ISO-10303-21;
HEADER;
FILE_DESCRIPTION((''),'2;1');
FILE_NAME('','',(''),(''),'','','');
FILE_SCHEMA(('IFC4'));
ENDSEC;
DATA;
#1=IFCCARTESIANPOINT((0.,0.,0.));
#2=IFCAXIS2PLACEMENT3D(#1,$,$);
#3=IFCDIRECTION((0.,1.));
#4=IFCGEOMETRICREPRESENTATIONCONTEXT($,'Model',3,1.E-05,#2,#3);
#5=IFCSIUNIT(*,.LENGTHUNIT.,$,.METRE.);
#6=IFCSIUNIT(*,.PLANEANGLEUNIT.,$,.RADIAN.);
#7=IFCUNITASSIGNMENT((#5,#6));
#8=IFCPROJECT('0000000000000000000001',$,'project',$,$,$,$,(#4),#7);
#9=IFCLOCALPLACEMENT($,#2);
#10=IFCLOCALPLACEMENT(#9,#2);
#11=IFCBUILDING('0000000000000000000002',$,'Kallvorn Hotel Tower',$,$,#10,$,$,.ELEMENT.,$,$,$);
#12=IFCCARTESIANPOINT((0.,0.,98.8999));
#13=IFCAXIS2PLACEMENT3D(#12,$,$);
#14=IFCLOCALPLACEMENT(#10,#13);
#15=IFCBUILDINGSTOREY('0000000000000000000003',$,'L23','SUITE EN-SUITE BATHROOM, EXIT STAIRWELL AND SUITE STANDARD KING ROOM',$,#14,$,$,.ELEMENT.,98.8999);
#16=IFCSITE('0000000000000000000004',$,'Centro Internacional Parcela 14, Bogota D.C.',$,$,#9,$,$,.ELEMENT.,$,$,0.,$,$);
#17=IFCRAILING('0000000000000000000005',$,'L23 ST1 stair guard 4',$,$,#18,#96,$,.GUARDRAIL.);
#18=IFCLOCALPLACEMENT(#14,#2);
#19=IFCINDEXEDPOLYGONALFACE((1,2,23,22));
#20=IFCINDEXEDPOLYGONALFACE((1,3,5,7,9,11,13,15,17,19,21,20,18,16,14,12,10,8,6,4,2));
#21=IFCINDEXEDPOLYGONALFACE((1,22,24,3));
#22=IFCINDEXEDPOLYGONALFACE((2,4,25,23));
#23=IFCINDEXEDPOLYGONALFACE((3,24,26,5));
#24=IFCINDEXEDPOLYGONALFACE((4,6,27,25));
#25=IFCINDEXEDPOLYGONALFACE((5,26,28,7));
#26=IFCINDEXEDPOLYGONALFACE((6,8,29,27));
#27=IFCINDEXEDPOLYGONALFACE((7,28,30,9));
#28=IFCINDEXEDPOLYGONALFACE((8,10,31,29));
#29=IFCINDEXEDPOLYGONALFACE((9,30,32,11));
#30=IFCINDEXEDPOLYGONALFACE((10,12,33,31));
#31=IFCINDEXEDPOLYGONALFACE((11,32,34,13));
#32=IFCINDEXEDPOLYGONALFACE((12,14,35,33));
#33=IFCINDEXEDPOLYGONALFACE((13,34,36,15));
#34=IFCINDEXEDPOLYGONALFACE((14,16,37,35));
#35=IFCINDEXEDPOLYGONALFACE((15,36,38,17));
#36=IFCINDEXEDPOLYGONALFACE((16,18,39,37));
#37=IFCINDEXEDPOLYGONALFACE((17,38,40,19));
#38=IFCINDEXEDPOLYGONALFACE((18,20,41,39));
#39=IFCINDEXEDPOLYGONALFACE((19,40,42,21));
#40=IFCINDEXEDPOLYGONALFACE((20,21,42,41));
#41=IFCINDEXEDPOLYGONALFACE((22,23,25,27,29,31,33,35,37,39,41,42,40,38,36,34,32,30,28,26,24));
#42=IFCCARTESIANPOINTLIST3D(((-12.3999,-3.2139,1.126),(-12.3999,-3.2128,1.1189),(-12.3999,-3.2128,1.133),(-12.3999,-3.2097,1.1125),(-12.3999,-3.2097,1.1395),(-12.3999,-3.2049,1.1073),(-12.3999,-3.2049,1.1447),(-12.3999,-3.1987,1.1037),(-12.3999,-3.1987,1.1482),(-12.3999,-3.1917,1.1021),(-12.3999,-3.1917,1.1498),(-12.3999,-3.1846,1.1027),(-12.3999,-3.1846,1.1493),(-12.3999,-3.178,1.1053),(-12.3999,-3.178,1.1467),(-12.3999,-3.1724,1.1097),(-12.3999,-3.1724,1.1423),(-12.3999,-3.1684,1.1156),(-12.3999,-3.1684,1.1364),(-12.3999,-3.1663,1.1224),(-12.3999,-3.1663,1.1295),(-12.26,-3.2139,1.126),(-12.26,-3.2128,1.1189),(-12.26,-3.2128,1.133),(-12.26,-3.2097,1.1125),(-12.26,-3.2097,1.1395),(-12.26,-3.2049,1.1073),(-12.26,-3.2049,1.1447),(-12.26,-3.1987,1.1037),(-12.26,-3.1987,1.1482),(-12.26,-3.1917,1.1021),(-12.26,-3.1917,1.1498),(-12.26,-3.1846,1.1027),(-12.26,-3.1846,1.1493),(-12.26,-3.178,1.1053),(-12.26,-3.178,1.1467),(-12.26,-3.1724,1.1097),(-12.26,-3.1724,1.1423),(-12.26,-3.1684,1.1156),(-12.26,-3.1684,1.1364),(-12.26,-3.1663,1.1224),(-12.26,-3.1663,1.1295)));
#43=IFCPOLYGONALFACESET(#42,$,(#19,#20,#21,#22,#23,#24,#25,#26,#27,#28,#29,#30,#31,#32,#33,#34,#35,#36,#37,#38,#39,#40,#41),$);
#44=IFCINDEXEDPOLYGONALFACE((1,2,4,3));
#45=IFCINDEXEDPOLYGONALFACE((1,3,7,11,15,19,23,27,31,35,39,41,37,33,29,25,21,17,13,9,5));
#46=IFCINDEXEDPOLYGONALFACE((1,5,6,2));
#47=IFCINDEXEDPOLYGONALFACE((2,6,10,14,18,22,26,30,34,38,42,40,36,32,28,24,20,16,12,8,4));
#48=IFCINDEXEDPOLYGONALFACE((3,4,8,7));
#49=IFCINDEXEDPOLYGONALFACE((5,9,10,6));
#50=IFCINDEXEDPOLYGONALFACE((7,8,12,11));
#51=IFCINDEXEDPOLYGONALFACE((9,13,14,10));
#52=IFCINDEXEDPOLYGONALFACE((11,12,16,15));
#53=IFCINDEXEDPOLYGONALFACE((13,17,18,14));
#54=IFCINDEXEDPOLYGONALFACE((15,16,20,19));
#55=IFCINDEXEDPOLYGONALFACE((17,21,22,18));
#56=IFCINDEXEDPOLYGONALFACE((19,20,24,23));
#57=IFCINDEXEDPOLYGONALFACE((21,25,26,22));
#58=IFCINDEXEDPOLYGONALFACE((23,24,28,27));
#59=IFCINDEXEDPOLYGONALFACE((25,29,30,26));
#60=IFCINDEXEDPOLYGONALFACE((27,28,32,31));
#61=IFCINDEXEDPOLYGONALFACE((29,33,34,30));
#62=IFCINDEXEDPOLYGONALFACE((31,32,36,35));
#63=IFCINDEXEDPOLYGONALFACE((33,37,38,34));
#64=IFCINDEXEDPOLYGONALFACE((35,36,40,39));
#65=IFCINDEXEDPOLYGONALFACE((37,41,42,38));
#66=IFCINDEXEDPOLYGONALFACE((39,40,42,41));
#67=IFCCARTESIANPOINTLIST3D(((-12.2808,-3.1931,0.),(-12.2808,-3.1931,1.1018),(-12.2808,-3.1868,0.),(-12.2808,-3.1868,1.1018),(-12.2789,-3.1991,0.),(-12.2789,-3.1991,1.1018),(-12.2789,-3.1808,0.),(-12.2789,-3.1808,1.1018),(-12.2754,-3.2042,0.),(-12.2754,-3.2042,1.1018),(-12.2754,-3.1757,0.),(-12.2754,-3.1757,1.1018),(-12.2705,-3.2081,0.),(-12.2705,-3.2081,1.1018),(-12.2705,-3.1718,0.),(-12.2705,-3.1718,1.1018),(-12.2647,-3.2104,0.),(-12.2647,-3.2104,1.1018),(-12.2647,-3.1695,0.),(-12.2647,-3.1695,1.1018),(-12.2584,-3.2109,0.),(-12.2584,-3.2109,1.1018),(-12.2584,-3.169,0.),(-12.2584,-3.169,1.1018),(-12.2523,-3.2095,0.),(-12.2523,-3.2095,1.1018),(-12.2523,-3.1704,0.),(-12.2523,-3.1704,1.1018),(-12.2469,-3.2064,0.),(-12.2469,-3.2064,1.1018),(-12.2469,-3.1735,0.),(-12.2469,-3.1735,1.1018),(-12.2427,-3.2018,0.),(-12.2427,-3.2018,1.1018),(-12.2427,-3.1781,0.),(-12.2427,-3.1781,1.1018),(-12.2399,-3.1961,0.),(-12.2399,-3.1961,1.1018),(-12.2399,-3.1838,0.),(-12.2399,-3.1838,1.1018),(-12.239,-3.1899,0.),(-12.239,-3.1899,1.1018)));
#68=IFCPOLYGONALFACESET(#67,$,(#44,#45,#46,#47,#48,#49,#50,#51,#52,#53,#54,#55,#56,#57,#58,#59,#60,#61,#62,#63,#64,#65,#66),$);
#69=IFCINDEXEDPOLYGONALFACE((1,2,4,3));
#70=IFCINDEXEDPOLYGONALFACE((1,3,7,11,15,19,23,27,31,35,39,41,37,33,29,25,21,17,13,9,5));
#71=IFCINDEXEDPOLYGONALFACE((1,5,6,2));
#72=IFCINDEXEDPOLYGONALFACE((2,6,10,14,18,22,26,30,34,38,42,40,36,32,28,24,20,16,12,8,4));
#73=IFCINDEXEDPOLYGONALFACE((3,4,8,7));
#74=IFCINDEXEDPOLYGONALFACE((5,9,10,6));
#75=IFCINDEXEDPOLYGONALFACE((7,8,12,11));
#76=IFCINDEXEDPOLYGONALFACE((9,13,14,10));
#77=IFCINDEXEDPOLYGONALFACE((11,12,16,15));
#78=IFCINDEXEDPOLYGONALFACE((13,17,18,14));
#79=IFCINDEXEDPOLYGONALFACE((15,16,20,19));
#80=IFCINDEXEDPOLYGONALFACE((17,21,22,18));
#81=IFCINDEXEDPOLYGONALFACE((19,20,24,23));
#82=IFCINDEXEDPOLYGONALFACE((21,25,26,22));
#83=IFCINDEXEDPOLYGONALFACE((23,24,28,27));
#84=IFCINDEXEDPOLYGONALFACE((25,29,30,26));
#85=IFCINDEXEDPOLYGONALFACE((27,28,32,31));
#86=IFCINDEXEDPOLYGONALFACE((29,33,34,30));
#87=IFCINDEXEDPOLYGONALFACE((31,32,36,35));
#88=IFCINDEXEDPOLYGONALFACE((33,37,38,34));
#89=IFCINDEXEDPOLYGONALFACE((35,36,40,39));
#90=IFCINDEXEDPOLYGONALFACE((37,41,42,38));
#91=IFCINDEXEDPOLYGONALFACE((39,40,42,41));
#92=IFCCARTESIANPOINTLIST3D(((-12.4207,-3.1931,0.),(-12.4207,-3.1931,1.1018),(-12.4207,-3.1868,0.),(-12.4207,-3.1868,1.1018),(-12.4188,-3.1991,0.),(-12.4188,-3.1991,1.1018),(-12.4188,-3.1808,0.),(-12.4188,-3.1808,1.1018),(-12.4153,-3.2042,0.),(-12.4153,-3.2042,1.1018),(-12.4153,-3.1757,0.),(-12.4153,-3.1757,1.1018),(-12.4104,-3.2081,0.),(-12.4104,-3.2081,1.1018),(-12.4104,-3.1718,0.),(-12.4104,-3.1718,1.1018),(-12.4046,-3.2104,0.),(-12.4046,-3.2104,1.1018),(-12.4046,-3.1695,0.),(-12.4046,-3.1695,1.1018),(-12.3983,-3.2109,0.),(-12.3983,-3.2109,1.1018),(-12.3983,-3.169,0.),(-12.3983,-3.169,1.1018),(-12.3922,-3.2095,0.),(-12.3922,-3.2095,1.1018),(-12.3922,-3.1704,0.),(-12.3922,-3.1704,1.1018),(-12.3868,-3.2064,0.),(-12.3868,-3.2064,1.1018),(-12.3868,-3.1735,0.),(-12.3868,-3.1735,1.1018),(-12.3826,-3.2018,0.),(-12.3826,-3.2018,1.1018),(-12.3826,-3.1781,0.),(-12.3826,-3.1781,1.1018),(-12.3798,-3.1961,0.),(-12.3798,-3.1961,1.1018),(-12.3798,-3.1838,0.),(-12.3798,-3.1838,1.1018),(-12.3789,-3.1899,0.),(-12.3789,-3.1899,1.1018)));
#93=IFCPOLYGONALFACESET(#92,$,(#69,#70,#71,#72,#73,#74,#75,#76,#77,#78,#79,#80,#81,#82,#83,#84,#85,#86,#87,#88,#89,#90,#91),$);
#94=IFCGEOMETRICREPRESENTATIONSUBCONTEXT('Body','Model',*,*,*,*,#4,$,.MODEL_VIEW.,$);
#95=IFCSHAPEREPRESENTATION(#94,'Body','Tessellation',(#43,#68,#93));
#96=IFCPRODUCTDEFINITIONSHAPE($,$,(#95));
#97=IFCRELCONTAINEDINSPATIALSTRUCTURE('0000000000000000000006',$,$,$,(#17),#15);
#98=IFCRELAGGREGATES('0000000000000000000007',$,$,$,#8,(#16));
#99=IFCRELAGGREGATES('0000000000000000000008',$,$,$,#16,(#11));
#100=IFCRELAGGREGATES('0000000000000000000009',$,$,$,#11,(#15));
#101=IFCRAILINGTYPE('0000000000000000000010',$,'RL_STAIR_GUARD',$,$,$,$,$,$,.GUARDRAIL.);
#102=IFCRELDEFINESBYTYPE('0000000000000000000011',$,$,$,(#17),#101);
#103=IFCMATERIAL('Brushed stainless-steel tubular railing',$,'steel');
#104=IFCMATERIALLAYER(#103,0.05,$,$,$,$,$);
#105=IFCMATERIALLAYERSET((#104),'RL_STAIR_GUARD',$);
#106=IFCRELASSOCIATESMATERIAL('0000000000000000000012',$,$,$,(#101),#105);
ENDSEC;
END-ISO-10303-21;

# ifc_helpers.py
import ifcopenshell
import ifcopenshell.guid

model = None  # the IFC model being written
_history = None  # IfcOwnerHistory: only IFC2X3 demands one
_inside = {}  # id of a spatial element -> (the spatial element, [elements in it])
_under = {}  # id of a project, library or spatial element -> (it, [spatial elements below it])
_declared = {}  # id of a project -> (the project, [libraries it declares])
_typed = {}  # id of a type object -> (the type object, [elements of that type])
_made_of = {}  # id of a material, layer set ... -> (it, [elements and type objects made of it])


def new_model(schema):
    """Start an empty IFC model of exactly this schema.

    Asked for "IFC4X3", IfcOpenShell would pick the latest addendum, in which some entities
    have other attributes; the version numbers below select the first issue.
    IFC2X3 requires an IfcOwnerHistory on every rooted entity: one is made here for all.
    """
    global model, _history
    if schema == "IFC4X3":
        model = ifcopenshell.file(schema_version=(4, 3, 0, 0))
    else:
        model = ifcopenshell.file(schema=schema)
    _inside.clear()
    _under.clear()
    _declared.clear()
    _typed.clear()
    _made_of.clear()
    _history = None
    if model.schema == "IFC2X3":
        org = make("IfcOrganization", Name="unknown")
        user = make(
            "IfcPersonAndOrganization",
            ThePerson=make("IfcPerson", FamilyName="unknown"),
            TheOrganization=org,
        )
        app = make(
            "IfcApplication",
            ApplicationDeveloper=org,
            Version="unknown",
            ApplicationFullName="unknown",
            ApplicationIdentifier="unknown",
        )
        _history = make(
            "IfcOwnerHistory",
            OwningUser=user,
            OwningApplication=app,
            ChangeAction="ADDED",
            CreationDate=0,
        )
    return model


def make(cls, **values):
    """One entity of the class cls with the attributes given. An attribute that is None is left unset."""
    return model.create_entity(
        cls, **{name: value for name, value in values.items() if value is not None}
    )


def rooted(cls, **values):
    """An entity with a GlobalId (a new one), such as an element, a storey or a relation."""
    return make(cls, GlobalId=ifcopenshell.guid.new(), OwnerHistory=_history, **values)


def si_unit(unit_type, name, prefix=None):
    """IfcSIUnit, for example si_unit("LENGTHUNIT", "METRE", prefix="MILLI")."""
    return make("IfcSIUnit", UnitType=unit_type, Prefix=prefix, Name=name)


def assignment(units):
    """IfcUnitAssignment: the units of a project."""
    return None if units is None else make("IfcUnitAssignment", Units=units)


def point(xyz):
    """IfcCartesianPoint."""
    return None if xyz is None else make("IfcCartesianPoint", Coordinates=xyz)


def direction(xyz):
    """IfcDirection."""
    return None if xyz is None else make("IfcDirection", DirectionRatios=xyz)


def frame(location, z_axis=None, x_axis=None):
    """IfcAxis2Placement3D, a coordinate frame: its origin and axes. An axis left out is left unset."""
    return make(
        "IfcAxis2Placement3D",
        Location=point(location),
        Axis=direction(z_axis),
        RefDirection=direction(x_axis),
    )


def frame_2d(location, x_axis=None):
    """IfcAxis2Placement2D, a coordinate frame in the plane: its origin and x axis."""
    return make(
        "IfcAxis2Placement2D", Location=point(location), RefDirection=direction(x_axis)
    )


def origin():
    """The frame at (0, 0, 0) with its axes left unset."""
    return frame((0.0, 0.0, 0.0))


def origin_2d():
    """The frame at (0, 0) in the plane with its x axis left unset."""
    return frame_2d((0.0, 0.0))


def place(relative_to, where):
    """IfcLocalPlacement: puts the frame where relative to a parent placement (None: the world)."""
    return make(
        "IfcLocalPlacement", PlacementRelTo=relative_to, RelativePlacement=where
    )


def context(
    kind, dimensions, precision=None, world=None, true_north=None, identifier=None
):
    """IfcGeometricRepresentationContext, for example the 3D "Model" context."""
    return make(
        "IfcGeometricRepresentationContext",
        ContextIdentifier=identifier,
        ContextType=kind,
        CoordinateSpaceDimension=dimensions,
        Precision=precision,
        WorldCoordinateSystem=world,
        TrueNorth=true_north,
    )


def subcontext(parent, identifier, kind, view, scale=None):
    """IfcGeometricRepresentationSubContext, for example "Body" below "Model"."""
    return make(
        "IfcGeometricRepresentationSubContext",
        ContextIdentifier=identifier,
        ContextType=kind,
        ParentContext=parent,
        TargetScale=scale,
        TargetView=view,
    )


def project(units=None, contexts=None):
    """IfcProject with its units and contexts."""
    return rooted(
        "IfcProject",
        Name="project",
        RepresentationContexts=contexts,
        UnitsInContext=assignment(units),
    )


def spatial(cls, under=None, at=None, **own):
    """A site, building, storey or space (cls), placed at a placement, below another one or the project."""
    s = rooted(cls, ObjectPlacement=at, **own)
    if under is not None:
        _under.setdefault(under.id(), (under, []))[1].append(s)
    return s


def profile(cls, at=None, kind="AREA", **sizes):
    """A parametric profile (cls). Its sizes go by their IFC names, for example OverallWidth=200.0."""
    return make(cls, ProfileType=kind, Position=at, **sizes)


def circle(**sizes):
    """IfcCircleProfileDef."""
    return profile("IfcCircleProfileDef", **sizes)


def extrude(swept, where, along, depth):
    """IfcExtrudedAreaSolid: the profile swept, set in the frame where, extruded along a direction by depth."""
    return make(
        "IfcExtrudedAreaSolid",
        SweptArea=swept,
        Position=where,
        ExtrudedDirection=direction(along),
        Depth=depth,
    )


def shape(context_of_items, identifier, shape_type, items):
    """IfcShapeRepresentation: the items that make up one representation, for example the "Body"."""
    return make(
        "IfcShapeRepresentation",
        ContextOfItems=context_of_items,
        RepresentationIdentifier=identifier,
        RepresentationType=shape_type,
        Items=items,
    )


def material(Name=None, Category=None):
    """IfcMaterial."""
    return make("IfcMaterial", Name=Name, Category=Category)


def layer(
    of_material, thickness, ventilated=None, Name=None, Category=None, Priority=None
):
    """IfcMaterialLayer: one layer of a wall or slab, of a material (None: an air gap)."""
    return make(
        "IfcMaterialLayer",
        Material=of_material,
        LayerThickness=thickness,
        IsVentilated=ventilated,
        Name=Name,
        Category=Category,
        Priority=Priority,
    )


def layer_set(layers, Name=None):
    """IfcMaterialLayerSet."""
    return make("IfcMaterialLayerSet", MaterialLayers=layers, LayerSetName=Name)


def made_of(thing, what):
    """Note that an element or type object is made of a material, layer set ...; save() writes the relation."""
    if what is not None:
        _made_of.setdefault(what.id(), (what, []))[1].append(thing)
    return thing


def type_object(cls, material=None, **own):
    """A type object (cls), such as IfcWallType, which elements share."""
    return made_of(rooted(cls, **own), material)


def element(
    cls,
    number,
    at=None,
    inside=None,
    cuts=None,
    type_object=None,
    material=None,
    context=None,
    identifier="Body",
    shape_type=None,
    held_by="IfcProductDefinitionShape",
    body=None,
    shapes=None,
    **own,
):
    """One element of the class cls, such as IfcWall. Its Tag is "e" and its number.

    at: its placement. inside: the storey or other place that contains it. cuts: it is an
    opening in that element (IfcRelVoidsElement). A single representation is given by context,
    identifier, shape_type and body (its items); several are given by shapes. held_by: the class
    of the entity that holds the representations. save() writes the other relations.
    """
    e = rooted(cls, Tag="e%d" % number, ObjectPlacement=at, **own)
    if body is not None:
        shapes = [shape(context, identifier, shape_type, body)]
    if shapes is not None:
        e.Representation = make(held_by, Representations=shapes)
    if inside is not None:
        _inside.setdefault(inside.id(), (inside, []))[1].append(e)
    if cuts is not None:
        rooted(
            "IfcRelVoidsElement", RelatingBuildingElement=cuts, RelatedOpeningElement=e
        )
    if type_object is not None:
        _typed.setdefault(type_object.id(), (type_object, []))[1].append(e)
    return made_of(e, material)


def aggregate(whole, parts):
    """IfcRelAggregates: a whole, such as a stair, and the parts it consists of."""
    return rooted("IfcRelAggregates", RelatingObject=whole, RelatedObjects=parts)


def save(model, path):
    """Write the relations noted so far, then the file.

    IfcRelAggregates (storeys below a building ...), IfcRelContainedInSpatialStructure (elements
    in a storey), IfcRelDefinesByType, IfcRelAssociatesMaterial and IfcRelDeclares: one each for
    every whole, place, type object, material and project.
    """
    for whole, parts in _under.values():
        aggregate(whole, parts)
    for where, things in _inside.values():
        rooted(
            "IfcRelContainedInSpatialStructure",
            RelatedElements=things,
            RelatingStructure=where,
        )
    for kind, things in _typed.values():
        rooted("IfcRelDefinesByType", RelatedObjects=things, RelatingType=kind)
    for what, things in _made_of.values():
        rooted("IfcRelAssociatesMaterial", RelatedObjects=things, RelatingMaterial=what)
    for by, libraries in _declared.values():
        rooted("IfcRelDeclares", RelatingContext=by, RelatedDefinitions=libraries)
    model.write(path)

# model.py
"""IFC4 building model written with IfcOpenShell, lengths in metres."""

from ifc_helpers import new_model, si_unit, direction, frame, origin, origin_2d, place, context, subcontext, project, spatial, circle, extrude, material, layer, layer_set, type_object, element, save


model = new_model("IFC4")

# Units and contexts
model_context = context("Model", 3, precision=1e-05, world=origin(), true_north=direction((0.0, 1.0)))
body_context = subcontext(model_context, "Body", "Model", "MODEL_VIEW")
ifc_project = project(units=[si_unit("LENGTHUNIT", "METRE"), si_unit("PLANEANGLEUNIT", "RADIAN")], contexts=[model_context])

# Site, building, storey
site_placement = place(None, origin())
site = spatial("IfcSite", under=ifc_project, at=site_placement, Name="Centro Internacional Parcela 14, Bogota D.C.", CompositionType="ELEMENT", RefElevation=0.0)
building_placement = place(site_placement, origin())
building = spatial("IfcBuilding", under=site, at=building_placement, Name="Kallvorn Hotel Tower", CompositionType="ELEMENT")
storey_placement = place(building_placement, frame((0.0, 0.0, 98.8999)))
storey = spatial("IfcBuildingStorey", under=building, at=storey_placement, Name="L23", Description="SUITE EN-SUITE BATHROOM, EXIT STAIRWELL AND SUITE STANDARD KING ROOM", CompositionType="ELEMENT", Elevation=98.8999)

# Railing
ifc_material_1 = material(Name="Brushed stainless-steel tubular railing", Category="steel")
ifc_layer_1 = layer(ifc_material_1, 0.05)
ifc_layer_set_1 = layer_set([ifc_layer_1], Name="RL_STAIR_GUARD")
railing_type_1 = type_object("IfcRailingType", Name="RL_STAIR_GUARD", PredefinedType="GUARDRAIL", material=ifc_layer_set_1)
railing_1_placement = place(storey_placement, frame((-12.26, -3.1899, 0.0)))
element("IfcRailing", 1, at=railing_1_placement, inside=storey, type_object=railing_type_1, Name="L23 ST1 stair guard 4", PredefinedType="GUARDRAIL", context=body_context, shape_type="SweptSolid", body=[
    extrude(circle(Radius=0.0239, at=origin_2d()), frame((0.0, 0.0, 1.126), z_axis=(-1.0, 0.0, 0.0), x_axis=(0.0, -1.0, 0.0)), (0.0, 0.0, 1.0), 0.1399),
    extrude(circle(Radius=0.021, at=origin_2d()), origin(), (0.0, 0.0, 1.0), 1.1018),
    extrude(circle(Radius=0.021, at=origin_2d()), frame((-0.1399, 0.0, 0.0)), (0.0, 0.0, 1.0), 1.1018),
])

save(model, "model.ifc")
